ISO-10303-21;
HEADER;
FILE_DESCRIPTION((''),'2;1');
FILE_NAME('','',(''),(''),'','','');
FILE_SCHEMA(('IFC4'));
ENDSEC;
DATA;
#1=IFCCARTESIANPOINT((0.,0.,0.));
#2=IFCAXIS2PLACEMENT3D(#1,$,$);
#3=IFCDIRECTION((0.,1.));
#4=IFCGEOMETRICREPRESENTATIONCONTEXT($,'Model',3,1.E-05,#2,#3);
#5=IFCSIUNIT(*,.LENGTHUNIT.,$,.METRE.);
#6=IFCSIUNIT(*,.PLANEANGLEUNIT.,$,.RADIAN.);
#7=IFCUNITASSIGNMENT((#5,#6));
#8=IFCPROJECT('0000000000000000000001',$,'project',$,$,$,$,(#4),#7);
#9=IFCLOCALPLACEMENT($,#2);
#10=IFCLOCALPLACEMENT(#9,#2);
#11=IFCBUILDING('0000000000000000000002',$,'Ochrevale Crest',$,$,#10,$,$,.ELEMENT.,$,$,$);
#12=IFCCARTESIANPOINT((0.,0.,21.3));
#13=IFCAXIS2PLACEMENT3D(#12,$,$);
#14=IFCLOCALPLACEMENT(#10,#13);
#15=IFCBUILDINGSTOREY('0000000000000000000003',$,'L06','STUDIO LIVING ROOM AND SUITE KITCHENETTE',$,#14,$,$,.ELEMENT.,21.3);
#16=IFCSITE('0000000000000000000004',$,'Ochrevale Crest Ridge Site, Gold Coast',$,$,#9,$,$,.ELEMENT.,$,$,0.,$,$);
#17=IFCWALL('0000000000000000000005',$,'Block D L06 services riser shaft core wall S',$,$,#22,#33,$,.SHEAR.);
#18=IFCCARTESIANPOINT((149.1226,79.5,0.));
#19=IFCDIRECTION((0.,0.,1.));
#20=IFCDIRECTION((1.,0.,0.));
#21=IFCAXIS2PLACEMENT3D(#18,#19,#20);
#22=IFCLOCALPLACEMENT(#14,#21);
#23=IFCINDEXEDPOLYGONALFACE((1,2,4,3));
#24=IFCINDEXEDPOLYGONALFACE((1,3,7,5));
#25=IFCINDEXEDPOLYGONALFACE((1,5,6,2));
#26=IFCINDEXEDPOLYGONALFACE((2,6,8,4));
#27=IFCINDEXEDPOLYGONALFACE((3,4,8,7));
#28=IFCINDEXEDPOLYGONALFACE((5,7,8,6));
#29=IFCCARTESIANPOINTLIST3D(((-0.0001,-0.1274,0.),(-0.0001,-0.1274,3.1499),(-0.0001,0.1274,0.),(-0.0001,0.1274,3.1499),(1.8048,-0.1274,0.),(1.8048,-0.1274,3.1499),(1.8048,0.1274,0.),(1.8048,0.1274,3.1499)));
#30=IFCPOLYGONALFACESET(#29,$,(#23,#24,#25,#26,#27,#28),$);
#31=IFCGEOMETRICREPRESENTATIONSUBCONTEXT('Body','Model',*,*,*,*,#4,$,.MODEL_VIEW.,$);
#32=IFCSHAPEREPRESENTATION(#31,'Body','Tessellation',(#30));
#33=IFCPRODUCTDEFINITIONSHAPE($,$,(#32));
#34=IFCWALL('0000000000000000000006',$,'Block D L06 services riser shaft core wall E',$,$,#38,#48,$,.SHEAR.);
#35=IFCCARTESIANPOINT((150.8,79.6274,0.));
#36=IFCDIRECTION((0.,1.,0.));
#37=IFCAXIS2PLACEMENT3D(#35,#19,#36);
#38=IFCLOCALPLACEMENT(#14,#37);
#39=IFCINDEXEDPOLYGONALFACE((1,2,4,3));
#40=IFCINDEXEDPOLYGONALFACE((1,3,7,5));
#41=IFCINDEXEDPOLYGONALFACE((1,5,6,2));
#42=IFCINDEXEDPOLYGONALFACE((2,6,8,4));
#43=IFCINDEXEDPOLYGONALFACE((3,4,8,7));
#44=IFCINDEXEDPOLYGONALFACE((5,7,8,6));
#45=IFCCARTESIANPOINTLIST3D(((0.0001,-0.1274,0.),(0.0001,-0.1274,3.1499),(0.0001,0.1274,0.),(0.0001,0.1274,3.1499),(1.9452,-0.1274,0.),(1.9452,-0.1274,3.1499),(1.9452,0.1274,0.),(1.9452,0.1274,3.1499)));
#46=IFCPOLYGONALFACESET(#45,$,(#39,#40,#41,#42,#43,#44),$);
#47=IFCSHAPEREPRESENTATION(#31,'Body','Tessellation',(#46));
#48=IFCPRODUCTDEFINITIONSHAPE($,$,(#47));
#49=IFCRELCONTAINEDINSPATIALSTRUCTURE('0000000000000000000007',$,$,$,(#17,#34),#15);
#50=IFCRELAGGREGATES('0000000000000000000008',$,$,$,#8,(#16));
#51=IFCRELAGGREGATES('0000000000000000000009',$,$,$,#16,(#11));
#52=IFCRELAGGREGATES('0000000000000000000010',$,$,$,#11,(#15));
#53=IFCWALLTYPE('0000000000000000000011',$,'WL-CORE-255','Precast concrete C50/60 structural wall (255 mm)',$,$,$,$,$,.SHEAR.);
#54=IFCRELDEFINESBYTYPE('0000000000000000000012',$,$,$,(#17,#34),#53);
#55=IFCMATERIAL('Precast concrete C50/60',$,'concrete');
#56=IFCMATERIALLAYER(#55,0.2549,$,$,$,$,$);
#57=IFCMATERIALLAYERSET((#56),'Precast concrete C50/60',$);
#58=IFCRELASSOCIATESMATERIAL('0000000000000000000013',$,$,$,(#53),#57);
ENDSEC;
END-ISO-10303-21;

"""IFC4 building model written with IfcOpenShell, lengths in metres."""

from ifc_helpers import new_model, si_unit, direction, frame, frame_2d, origin, place, context, subcontext, project, spatial, rectangle, extrude, material, layer, layer_set, type_object, element, save


model = new_model("IFC4")

# Units and contexts
model_context = context("Model", 3, precision=1e-05, world=origin(), true_north=direction((0.0, 1.0)))
body_context = subcontext(model_context, "Body", "Model", "MODEL_VIEW")
ifc_project = project(units=[si_unit("LENGTHUNIT", "METRE"), si_unit("PLANEANGLEUNIT", "RADIAN")], contexts=[model_context])

# Site, building, storey
site_placement = place(None, origin())
site = spatial("IfcSite", under=ifc_project, at=site_placement, Name="Ochrevale Crest Ridge Site, Gold Coast", CompositionType="ELEMENT", RefElevation=0.0)
building_placement = place(site_placement, origin())
building = spatial("IfcBuilding", under=site, at=building_placement, Name="Ochrevale Crest", CompositionType="ELEMENT")
storey_placement = place(building_placement, frame((0.0, 0.0, 21.3)))
storey = spatial("IfcBuildingStorey", under=building, at=storey_placement, Name="L06", Description="STUDIO LIVING ROOM AND SUITE KITCHENETTE", CompositionType="ELEMENT", Elevation=21.3)

# Shared definitions
ifc_material_1 = material(Name="Precast concrete C50/60", Category="concrete")

# Walls
ifc_layer_1 = layer(ifc_material_1, 0.2549)
ifc_layer_set_1 = layer_set([ifc_layer_1], Name="Precast concrete C50/60")
wall_type_1 = type_object("IfcWallType", Name="WL-CORE-255", Description="Precast concrete C50/60 structural wall (255 mm)", PredefinedType="SHEAR", material=ifc_layer_set_1)
wall_1_placement = place(storey_placement, frame((149.1226, 79.5, 0.0), z_axis=(0.0, 0.0, 1.0), x_axis=(1.0, 0.0, 0.0)))
element("IfcWall", 1, at=wall_1_placement, inside=storey, type_object=wall_type_1, Name="Block D L06 services riser shaft core wall S", PredefinedType="SHEAR", context=body_context, shape_type="SweptSolid", body=[
    extrude(rectangle(XDim=1.8049, YDim=0.2549, at=frame_2d((0.9023, 0.0))), origin(), (0.0, 0.0, 1.0), 3.1499),
])
wall_2_placement = place(storey_placement, frame((150.8, 79.6274, 0.0), z_axis=(0.0, 0.0, 1.0), x_axis=(0.0, 1.0, 0.0)))
element("IfcWall", 2, at=wall_2_placement, inside=storey, type_object=wall_type_1, Name="Block D L06 services riser shaft core wall E", PredefinedType="SHEAR", context=body_context, shape_type="SweptSolid", body=[
    extrude(rectangle(XDim=1.9451, YDim=0.2549, at=frame_2d((0.9727, 0.0))), origin(), (0.0, 0.0, 1.0), 3.1499),
])

save(model, "model.ifc")
